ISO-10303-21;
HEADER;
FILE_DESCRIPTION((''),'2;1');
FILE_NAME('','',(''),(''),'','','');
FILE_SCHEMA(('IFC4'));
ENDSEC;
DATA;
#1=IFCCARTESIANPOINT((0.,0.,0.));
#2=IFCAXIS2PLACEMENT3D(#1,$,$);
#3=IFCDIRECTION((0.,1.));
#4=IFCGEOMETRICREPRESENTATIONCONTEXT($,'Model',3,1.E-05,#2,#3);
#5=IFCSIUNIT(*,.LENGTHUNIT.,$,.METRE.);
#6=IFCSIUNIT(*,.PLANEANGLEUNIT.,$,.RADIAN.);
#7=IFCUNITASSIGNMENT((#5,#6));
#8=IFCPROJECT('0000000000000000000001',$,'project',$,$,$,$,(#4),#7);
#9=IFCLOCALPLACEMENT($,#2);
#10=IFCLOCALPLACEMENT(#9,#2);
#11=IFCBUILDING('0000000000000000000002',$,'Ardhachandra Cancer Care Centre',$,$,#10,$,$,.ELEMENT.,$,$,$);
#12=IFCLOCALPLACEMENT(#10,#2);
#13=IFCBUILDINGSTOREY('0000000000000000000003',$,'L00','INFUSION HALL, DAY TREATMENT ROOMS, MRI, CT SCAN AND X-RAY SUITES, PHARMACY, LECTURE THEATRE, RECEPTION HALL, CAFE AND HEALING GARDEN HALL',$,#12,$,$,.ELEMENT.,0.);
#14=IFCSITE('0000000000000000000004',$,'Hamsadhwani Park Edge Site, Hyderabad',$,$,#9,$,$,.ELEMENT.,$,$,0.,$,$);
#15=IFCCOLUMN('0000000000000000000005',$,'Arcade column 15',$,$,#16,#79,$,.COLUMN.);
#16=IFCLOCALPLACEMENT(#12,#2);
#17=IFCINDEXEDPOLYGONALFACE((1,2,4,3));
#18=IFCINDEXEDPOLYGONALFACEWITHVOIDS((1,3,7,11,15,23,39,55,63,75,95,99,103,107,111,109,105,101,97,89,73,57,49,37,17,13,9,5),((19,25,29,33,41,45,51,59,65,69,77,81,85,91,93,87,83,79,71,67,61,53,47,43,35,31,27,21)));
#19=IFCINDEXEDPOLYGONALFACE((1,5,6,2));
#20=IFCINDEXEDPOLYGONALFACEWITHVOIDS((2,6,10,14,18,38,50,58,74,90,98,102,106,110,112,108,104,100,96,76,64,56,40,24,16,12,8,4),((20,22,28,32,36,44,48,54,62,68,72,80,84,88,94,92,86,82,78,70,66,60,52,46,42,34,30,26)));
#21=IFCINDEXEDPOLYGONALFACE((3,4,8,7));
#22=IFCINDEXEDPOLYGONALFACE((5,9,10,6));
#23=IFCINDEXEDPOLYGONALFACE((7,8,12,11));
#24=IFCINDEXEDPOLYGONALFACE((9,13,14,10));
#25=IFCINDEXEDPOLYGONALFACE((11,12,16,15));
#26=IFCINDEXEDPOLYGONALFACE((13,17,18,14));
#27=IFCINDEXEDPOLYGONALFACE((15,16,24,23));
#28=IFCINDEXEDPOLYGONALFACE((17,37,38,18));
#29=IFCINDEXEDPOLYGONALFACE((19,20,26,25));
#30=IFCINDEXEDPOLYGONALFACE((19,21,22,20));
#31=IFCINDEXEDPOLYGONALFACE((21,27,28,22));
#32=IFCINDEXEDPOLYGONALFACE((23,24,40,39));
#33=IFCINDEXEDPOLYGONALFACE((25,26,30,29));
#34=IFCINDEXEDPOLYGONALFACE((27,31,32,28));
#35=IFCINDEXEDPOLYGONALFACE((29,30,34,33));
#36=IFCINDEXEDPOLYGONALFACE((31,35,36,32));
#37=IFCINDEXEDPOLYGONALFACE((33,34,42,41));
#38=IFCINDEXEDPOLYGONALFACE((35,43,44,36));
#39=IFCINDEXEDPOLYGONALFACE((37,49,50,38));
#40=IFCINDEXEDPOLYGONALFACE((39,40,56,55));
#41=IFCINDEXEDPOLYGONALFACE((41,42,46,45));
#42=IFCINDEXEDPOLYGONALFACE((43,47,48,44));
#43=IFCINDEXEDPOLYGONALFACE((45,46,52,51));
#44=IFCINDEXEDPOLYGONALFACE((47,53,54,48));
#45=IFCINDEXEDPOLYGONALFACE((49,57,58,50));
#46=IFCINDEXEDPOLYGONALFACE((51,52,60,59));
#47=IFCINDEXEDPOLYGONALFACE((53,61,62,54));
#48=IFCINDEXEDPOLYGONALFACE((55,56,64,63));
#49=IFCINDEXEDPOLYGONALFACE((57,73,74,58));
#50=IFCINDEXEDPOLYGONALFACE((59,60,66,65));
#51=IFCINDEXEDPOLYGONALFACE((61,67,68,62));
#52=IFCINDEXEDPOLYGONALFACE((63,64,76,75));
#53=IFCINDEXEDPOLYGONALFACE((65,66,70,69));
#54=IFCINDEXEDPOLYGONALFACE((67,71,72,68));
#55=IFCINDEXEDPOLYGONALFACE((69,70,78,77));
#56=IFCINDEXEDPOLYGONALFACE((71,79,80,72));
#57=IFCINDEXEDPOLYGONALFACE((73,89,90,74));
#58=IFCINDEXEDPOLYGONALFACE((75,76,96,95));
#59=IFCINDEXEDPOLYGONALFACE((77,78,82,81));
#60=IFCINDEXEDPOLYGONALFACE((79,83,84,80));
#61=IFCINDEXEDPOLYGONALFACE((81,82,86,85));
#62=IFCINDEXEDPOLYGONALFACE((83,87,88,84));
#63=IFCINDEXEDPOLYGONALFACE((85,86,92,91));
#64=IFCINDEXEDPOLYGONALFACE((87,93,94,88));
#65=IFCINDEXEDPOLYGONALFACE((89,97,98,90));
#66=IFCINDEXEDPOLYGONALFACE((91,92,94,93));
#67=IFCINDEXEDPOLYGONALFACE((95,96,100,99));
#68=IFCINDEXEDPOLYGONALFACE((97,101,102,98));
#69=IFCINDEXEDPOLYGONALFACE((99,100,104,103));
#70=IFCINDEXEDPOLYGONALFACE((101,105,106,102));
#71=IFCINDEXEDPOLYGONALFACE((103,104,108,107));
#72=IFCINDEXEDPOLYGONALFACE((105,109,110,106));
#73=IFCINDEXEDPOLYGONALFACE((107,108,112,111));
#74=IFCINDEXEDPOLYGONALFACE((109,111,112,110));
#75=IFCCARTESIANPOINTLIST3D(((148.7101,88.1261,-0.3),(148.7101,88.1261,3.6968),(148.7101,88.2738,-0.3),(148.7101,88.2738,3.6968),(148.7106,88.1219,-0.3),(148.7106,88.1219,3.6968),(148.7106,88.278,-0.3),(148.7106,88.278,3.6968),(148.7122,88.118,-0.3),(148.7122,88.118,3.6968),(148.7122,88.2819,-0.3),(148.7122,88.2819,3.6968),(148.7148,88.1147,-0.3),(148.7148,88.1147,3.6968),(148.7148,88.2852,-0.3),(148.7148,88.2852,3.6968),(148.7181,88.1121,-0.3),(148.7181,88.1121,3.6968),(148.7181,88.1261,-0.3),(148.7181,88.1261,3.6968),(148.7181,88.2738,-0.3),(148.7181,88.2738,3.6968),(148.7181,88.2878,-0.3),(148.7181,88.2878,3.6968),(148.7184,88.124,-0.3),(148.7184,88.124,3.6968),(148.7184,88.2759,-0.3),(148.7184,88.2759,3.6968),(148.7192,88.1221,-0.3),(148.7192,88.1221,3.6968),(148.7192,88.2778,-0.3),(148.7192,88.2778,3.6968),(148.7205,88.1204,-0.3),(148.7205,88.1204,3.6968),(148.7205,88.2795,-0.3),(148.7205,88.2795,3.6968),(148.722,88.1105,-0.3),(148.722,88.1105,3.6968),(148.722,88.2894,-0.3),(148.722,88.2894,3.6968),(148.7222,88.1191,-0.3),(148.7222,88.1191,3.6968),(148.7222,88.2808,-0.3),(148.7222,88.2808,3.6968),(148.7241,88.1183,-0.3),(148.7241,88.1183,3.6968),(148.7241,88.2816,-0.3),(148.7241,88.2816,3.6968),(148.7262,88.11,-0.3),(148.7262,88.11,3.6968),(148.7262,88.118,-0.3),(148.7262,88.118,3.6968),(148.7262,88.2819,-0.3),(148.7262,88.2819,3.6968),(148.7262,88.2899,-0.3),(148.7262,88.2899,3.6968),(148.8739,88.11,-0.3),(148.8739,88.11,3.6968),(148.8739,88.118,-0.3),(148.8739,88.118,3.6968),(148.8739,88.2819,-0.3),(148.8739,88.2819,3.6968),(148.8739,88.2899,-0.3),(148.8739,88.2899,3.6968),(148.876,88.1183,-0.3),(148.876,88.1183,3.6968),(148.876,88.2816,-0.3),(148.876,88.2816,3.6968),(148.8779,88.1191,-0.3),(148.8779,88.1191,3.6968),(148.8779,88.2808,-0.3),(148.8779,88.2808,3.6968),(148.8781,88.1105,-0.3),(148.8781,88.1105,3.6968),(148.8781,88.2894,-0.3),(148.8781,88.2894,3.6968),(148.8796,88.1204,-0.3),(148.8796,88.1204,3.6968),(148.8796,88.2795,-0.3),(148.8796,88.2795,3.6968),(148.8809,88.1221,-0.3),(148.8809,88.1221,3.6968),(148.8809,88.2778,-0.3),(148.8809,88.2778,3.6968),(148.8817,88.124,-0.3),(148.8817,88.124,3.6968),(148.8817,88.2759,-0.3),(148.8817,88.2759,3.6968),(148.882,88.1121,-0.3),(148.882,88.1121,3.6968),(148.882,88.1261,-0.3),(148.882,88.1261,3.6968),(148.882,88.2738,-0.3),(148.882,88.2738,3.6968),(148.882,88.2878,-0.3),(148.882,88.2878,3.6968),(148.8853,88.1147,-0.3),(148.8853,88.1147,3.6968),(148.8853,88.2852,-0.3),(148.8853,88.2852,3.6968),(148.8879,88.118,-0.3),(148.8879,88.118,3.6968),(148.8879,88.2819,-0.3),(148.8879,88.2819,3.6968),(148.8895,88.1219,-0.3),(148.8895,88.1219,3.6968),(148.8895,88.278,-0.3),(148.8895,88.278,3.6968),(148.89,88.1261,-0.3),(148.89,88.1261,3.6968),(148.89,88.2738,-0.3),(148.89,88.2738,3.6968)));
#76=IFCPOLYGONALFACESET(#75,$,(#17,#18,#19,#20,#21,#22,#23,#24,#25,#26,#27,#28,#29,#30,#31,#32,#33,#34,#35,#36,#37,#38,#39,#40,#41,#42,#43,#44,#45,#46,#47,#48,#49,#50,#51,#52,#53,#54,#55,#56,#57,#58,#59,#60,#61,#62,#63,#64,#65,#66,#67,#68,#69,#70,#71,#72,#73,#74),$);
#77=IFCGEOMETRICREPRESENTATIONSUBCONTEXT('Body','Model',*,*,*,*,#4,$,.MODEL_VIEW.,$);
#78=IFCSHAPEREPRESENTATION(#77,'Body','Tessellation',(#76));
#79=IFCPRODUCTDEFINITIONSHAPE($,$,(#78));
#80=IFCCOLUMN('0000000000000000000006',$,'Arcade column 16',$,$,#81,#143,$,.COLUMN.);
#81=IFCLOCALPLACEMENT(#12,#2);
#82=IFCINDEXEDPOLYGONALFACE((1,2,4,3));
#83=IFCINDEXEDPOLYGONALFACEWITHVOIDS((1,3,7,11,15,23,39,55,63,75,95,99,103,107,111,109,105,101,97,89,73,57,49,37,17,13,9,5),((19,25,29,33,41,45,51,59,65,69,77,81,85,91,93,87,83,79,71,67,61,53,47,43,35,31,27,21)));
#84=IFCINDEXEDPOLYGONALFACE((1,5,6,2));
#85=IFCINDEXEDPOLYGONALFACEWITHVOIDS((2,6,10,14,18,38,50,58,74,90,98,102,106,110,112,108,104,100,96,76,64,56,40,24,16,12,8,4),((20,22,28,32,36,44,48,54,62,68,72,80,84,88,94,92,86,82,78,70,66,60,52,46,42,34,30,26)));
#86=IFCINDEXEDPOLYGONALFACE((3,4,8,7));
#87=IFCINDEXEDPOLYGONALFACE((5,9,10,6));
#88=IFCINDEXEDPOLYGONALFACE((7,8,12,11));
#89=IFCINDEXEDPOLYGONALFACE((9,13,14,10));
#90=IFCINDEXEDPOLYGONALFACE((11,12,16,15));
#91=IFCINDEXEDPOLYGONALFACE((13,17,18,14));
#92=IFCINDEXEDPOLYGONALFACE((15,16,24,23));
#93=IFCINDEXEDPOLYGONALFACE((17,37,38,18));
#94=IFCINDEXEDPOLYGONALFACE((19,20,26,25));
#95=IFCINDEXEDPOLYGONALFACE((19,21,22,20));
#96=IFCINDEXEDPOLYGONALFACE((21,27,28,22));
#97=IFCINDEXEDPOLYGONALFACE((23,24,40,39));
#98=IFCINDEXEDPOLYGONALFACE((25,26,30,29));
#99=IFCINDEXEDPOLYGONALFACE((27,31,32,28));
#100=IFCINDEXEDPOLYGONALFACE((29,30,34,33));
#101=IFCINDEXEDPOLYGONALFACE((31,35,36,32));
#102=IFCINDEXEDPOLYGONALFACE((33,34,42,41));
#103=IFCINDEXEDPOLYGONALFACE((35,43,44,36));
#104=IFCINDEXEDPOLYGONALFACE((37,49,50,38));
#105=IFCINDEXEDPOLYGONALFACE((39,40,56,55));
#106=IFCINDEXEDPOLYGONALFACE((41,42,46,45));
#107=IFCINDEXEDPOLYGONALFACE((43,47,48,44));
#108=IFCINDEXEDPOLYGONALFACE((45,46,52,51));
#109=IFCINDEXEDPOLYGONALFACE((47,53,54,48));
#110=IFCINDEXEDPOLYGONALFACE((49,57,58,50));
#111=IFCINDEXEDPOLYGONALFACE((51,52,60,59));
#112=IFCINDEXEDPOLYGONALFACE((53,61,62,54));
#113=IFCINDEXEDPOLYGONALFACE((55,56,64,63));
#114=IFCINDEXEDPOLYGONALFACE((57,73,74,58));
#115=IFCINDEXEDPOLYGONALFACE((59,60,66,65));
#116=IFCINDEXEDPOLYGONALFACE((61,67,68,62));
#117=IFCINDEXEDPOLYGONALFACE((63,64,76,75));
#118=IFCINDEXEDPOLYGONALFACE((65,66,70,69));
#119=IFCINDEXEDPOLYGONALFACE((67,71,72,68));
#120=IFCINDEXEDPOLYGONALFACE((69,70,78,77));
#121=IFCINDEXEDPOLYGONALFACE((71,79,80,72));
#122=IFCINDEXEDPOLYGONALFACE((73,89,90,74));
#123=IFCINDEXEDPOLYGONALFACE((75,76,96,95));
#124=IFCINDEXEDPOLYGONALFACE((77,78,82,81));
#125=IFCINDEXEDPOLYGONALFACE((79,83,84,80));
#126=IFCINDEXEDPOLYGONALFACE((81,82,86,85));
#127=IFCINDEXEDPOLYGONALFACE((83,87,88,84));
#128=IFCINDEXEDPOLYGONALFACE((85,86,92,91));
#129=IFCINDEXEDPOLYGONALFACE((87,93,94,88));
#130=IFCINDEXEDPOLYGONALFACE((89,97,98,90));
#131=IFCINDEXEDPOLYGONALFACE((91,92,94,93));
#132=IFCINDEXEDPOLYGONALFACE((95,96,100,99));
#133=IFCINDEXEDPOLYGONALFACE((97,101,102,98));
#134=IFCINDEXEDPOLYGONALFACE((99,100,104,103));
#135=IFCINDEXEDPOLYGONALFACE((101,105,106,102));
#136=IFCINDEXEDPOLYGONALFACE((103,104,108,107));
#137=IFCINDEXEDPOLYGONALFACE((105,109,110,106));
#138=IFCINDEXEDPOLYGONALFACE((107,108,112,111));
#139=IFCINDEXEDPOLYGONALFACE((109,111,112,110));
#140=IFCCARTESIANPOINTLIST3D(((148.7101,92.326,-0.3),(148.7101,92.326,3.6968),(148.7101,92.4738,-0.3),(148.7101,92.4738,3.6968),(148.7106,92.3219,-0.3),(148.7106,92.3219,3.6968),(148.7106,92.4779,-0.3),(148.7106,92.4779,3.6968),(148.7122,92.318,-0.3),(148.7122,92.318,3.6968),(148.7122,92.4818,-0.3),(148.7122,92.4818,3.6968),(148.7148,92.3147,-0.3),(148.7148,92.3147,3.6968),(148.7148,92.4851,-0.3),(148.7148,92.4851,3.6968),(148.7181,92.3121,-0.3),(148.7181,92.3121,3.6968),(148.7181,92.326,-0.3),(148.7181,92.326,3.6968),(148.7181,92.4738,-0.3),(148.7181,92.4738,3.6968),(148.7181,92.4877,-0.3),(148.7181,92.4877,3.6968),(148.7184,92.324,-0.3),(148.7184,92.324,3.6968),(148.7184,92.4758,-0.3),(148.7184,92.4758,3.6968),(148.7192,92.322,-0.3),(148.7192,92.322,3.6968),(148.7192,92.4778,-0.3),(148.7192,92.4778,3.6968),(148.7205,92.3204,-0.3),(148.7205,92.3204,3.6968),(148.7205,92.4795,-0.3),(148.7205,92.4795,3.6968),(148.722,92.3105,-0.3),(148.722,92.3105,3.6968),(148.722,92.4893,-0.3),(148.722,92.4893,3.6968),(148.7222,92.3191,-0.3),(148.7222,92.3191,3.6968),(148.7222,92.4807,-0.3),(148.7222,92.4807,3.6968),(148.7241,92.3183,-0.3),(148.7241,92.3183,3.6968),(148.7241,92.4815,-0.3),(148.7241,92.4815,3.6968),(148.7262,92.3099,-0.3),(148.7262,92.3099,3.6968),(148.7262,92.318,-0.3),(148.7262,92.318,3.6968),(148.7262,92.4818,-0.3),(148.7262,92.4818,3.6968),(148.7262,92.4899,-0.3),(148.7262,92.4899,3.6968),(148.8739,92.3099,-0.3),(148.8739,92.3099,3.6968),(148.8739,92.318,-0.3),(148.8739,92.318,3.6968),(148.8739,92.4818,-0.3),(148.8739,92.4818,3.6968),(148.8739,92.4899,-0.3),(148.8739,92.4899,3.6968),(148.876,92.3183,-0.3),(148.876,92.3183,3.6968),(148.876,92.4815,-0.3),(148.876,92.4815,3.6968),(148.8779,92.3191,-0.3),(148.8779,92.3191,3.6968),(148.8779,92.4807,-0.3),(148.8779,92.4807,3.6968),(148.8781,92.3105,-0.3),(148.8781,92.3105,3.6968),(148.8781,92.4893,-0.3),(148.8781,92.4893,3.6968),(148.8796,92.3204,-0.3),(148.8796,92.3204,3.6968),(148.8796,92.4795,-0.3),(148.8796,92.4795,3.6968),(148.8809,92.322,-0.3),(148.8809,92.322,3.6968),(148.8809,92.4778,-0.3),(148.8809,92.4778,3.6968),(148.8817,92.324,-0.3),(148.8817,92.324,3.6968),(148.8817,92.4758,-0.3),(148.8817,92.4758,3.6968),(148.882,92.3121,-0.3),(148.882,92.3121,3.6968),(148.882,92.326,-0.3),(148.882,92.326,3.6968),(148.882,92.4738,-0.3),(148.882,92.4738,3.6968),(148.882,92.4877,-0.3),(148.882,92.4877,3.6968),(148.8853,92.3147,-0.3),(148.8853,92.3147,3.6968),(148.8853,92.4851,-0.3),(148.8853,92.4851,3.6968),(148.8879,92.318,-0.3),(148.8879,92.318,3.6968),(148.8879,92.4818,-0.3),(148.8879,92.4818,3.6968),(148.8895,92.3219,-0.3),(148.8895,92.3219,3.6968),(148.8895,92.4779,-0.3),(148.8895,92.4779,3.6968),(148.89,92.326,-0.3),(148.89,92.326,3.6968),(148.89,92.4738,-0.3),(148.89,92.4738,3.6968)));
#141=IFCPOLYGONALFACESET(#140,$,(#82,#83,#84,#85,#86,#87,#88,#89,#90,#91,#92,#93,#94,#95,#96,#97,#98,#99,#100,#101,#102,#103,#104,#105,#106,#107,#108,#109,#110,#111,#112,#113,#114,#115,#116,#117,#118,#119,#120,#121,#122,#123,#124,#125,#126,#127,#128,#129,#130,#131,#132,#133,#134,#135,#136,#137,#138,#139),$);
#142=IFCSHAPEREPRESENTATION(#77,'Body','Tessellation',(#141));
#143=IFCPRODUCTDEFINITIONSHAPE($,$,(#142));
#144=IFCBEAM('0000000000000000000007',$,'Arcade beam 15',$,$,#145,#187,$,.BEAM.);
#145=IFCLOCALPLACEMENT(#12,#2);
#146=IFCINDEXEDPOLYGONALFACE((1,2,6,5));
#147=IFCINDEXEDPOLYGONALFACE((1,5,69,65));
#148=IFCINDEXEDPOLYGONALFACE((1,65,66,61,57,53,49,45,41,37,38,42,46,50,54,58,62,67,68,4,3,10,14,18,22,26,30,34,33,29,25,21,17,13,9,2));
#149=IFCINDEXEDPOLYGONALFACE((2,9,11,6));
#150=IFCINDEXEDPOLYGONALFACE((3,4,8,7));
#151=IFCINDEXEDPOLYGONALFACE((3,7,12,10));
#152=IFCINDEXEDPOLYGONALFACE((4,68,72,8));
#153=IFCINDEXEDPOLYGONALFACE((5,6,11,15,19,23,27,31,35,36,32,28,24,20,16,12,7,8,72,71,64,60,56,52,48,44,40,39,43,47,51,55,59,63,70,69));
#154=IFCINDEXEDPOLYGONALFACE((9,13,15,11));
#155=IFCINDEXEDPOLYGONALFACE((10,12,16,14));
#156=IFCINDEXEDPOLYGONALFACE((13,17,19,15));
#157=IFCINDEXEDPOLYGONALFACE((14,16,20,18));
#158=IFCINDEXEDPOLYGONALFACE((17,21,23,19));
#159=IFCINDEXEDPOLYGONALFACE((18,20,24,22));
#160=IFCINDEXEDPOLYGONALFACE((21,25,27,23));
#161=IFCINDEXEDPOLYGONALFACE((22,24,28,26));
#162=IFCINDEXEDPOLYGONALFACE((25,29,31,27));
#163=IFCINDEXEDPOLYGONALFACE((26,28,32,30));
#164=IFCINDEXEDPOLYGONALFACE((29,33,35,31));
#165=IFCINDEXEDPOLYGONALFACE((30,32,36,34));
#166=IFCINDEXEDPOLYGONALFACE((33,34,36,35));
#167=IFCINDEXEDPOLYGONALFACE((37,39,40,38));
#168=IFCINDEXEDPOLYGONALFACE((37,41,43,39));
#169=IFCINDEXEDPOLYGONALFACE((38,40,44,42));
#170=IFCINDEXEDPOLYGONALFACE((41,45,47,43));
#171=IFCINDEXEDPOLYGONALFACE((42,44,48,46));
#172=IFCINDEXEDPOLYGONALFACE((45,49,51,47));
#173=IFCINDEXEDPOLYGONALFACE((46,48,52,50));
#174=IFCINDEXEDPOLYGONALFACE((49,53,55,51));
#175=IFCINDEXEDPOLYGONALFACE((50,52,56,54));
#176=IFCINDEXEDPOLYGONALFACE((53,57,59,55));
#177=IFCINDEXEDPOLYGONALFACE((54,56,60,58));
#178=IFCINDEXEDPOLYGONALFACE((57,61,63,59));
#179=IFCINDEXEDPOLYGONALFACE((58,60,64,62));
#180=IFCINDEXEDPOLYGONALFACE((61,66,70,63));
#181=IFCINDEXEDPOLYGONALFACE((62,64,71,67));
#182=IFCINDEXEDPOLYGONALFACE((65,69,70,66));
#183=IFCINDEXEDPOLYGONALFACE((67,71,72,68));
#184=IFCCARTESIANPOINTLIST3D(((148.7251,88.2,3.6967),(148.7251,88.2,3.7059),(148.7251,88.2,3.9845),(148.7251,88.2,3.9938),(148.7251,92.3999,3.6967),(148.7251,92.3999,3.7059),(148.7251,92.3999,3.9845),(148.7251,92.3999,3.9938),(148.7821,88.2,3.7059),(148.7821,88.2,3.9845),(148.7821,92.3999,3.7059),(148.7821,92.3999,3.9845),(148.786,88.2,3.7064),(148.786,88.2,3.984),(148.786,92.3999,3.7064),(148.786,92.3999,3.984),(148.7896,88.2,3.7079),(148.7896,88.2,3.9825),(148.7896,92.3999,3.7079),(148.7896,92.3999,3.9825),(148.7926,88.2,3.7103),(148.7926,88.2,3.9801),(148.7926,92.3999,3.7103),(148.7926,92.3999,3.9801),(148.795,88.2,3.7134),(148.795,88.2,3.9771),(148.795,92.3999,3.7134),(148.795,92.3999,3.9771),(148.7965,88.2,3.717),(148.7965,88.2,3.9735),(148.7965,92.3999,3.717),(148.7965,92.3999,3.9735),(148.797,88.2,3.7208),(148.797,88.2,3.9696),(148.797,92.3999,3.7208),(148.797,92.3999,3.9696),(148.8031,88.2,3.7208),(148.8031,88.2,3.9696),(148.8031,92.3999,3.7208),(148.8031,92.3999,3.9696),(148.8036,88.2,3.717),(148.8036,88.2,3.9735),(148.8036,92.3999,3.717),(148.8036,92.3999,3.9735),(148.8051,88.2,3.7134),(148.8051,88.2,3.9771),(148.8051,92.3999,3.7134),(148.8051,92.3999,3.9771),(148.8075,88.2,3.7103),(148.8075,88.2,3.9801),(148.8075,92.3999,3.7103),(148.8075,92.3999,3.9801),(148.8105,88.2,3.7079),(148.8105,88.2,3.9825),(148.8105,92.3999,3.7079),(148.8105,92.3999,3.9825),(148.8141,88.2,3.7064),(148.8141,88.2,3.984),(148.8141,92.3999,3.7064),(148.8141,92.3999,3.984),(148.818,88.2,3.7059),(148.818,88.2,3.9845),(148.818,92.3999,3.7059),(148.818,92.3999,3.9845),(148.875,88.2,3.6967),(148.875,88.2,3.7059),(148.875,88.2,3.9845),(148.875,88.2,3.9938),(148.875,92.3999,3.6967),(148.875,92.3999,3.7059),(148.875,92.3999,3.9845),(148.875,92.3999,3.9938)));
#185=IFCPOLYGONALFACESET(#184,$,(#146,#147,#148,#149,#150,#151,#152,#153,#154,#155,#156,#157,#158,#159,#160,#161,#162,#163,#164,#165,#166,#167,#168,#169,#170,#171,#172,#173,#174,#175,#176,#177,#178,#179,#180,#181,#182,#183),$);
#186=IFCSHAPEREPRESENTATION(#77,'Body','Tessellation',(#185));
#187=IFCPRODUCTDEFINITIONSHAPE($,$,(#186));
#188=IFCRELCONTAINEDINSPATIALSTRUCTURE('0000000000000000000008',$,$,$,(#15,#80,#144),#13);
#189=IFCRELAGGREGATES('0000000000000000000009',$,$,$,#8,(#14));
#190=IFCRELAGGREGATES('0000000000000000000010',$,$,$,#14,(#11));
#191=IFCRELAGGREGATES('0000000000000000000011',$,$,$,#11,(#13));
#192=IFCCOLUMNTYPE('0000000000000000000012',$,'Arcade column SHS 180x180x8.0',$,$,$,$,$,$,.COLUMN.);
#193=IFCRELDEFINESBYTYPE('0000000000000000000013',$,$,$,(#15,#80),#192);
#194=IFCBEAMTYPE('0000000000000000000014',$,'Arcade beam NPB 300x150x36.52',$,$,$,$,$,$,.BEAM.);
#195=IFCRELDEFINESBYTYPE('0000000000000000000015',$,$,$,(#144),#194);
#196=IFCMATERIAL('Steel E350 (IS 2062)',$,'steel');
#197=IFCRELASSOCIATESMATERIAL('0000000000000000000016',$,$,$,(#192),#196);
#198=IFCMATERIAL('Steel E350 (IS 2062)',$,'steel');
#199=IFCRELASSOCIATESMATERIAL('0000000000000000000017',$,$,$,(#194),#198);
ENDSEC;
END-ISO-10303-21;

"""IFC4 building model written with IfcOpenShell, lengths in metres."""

from ifc_helpers import new_model, si_unit, direction, frame, origin, origin_2d, place, context, subcontext, project, spatial, hollow_rectangle, i_section, extrude, material, material_profile, profile_set, type_object, element, save


model = new_model("IFC4")

# Units and contexts
model_context = context("Model", 3, precision=1e-05, world=origin(), true_north=direction((0.0, 1.0)))
body_context = subcontext(model_context, "Body", "Model", "MODEL_VIEW")
ifc_project = project(units=[si_unit("LENGTHUNIT", "METRE"), si_unit("PLANEANGLEUNIT", "RADIAN")], contexts=[model_context])

# Site, building, storey
site_placement = place(None, origin())
site = spatial("IfcSite", under=ifc_project, at=site_placement, Name="Hamsadhwani Park Edge Site, Hyderabad", CompositionType="ELEMENT", RefElevation=0.0)
building_placement = place(site_placement, origin())
building = spatial("IfcBuilding", under=site, at=building_placement, Name="Ardhachandra Cancer Care Centre", CompositionType="ELEMENT")
storey_placement = place(building_placement, origin())
storey = spatial("IfcBuildingStorey", under=building, at=storey_placement, Name="L00", Description="INFUSION HALL, DAY TREATMENT ROOMS, MRI, CT SCAN AND X-RAY SUITES, PHARMACY, LECTURE THEATRE, RECEPTION HALL, CAFE AND HEALING GARDEN HALL", CompositionType="ELEMENT", Elevation=0.0)

# Columns
ifc_material_1 = material(Name="Steel E350 (IS 2062)", Category="steel")
ifc_material_profile_1 = material_profile(ifc_material_1, hollow_rectangle(XDim=0.1799, YDim=0.1799, WallThickness=0.0081, InnerFilletRadius=0.0081, OuterFilletRadius=0.0161, at=origin_2d()), Name="SHS 180x180x8.0")
ifc_profile_set_1 = profile_set([ifc_material_profile_1], Name="Steel E350 (IS 2062)")
column_type = type_object("IfcColumnType", Name="Arcade column SHS 180x180x8.0", PredefinedType="COLUMN", material=ifc_profile_set_1)
for number, where, z_axis, x_axis, name in (
    (1, (148.8, 88.2, -0.3), (0.0, 0.0, 1.0), (1.0, 0.0, 0.0), "Arcade column 15"),
    (2, (148.8, 92.3999, -0.3), (0.0, 0.0, 1.0), (1.0, 0.0, 0.0), "Arcade column 16"),
):
    element("IfcColumn", number, at=place(storey_placement, frame(where, z_axis=z_axis, x_axis=x_axis)), inside=storey, type_object=column_type, Name=name, PredefinedType="COLUMN", context=body_context, shape_type="SweptSolid", body=[
        extrude(hollow_rectangle(XDim=0.1799, YDim=0.1799, WallThickness=0.0081, InnerFilletRadius=0.0081, OuterFilletRadius=0.0161, at=origin_2d()), origin(), (0.0, 0.0, 1.0), 3.9968),
    ])

# Beam
ifc_material_2 = material(Name="Steel E350 (IS 2062)", Category="steel")
ifc_material_profile_2 = material_profile(ifc_material_2, i_section(OverallWidth=0.1499, OverallDepth=0.2971, WebThickness=0.0061, FlangeThickness=0.0093, FilletRadius=0.0149, at=origin_2d()), Name="NPB 300x150x36.52")
ifc_profile_set_2 = profile_set([ifc_material_profile_2], Name="Steel E350 (IS 2062)")
beam_type_1 = type_object("IfcBeamType", Name="Arcade beam NPB 300x150x36.52", PredefinedType="BEAM", material=ifc_profile_set_2)
beam_1_placement = place(storey_placement, frame((148.8, 88.2, 3.8452), z_axis=(0.0, 1.0, 0.0), x_axis=(-1.0, 0.0, 0.0)))
element("IfcBeam", 3, at=beam_1_placement, inside=storey, type_object=beam_type_1, Name="Arcade beam 15", PredefinedType="BEAM", context=body_context, shape_type="SweptSolid", body=[
    extrude(i_section(OverallWidth=0.1499, OverallDepth=0.2971, WebThickness=0.0061, FlangeThickness=0.0093, FilletRadius=0.0149, at=origin_2d()), origin(), (0.0, 0.0, 1.0), 4.2),
])

save(model, "model.ifc")
